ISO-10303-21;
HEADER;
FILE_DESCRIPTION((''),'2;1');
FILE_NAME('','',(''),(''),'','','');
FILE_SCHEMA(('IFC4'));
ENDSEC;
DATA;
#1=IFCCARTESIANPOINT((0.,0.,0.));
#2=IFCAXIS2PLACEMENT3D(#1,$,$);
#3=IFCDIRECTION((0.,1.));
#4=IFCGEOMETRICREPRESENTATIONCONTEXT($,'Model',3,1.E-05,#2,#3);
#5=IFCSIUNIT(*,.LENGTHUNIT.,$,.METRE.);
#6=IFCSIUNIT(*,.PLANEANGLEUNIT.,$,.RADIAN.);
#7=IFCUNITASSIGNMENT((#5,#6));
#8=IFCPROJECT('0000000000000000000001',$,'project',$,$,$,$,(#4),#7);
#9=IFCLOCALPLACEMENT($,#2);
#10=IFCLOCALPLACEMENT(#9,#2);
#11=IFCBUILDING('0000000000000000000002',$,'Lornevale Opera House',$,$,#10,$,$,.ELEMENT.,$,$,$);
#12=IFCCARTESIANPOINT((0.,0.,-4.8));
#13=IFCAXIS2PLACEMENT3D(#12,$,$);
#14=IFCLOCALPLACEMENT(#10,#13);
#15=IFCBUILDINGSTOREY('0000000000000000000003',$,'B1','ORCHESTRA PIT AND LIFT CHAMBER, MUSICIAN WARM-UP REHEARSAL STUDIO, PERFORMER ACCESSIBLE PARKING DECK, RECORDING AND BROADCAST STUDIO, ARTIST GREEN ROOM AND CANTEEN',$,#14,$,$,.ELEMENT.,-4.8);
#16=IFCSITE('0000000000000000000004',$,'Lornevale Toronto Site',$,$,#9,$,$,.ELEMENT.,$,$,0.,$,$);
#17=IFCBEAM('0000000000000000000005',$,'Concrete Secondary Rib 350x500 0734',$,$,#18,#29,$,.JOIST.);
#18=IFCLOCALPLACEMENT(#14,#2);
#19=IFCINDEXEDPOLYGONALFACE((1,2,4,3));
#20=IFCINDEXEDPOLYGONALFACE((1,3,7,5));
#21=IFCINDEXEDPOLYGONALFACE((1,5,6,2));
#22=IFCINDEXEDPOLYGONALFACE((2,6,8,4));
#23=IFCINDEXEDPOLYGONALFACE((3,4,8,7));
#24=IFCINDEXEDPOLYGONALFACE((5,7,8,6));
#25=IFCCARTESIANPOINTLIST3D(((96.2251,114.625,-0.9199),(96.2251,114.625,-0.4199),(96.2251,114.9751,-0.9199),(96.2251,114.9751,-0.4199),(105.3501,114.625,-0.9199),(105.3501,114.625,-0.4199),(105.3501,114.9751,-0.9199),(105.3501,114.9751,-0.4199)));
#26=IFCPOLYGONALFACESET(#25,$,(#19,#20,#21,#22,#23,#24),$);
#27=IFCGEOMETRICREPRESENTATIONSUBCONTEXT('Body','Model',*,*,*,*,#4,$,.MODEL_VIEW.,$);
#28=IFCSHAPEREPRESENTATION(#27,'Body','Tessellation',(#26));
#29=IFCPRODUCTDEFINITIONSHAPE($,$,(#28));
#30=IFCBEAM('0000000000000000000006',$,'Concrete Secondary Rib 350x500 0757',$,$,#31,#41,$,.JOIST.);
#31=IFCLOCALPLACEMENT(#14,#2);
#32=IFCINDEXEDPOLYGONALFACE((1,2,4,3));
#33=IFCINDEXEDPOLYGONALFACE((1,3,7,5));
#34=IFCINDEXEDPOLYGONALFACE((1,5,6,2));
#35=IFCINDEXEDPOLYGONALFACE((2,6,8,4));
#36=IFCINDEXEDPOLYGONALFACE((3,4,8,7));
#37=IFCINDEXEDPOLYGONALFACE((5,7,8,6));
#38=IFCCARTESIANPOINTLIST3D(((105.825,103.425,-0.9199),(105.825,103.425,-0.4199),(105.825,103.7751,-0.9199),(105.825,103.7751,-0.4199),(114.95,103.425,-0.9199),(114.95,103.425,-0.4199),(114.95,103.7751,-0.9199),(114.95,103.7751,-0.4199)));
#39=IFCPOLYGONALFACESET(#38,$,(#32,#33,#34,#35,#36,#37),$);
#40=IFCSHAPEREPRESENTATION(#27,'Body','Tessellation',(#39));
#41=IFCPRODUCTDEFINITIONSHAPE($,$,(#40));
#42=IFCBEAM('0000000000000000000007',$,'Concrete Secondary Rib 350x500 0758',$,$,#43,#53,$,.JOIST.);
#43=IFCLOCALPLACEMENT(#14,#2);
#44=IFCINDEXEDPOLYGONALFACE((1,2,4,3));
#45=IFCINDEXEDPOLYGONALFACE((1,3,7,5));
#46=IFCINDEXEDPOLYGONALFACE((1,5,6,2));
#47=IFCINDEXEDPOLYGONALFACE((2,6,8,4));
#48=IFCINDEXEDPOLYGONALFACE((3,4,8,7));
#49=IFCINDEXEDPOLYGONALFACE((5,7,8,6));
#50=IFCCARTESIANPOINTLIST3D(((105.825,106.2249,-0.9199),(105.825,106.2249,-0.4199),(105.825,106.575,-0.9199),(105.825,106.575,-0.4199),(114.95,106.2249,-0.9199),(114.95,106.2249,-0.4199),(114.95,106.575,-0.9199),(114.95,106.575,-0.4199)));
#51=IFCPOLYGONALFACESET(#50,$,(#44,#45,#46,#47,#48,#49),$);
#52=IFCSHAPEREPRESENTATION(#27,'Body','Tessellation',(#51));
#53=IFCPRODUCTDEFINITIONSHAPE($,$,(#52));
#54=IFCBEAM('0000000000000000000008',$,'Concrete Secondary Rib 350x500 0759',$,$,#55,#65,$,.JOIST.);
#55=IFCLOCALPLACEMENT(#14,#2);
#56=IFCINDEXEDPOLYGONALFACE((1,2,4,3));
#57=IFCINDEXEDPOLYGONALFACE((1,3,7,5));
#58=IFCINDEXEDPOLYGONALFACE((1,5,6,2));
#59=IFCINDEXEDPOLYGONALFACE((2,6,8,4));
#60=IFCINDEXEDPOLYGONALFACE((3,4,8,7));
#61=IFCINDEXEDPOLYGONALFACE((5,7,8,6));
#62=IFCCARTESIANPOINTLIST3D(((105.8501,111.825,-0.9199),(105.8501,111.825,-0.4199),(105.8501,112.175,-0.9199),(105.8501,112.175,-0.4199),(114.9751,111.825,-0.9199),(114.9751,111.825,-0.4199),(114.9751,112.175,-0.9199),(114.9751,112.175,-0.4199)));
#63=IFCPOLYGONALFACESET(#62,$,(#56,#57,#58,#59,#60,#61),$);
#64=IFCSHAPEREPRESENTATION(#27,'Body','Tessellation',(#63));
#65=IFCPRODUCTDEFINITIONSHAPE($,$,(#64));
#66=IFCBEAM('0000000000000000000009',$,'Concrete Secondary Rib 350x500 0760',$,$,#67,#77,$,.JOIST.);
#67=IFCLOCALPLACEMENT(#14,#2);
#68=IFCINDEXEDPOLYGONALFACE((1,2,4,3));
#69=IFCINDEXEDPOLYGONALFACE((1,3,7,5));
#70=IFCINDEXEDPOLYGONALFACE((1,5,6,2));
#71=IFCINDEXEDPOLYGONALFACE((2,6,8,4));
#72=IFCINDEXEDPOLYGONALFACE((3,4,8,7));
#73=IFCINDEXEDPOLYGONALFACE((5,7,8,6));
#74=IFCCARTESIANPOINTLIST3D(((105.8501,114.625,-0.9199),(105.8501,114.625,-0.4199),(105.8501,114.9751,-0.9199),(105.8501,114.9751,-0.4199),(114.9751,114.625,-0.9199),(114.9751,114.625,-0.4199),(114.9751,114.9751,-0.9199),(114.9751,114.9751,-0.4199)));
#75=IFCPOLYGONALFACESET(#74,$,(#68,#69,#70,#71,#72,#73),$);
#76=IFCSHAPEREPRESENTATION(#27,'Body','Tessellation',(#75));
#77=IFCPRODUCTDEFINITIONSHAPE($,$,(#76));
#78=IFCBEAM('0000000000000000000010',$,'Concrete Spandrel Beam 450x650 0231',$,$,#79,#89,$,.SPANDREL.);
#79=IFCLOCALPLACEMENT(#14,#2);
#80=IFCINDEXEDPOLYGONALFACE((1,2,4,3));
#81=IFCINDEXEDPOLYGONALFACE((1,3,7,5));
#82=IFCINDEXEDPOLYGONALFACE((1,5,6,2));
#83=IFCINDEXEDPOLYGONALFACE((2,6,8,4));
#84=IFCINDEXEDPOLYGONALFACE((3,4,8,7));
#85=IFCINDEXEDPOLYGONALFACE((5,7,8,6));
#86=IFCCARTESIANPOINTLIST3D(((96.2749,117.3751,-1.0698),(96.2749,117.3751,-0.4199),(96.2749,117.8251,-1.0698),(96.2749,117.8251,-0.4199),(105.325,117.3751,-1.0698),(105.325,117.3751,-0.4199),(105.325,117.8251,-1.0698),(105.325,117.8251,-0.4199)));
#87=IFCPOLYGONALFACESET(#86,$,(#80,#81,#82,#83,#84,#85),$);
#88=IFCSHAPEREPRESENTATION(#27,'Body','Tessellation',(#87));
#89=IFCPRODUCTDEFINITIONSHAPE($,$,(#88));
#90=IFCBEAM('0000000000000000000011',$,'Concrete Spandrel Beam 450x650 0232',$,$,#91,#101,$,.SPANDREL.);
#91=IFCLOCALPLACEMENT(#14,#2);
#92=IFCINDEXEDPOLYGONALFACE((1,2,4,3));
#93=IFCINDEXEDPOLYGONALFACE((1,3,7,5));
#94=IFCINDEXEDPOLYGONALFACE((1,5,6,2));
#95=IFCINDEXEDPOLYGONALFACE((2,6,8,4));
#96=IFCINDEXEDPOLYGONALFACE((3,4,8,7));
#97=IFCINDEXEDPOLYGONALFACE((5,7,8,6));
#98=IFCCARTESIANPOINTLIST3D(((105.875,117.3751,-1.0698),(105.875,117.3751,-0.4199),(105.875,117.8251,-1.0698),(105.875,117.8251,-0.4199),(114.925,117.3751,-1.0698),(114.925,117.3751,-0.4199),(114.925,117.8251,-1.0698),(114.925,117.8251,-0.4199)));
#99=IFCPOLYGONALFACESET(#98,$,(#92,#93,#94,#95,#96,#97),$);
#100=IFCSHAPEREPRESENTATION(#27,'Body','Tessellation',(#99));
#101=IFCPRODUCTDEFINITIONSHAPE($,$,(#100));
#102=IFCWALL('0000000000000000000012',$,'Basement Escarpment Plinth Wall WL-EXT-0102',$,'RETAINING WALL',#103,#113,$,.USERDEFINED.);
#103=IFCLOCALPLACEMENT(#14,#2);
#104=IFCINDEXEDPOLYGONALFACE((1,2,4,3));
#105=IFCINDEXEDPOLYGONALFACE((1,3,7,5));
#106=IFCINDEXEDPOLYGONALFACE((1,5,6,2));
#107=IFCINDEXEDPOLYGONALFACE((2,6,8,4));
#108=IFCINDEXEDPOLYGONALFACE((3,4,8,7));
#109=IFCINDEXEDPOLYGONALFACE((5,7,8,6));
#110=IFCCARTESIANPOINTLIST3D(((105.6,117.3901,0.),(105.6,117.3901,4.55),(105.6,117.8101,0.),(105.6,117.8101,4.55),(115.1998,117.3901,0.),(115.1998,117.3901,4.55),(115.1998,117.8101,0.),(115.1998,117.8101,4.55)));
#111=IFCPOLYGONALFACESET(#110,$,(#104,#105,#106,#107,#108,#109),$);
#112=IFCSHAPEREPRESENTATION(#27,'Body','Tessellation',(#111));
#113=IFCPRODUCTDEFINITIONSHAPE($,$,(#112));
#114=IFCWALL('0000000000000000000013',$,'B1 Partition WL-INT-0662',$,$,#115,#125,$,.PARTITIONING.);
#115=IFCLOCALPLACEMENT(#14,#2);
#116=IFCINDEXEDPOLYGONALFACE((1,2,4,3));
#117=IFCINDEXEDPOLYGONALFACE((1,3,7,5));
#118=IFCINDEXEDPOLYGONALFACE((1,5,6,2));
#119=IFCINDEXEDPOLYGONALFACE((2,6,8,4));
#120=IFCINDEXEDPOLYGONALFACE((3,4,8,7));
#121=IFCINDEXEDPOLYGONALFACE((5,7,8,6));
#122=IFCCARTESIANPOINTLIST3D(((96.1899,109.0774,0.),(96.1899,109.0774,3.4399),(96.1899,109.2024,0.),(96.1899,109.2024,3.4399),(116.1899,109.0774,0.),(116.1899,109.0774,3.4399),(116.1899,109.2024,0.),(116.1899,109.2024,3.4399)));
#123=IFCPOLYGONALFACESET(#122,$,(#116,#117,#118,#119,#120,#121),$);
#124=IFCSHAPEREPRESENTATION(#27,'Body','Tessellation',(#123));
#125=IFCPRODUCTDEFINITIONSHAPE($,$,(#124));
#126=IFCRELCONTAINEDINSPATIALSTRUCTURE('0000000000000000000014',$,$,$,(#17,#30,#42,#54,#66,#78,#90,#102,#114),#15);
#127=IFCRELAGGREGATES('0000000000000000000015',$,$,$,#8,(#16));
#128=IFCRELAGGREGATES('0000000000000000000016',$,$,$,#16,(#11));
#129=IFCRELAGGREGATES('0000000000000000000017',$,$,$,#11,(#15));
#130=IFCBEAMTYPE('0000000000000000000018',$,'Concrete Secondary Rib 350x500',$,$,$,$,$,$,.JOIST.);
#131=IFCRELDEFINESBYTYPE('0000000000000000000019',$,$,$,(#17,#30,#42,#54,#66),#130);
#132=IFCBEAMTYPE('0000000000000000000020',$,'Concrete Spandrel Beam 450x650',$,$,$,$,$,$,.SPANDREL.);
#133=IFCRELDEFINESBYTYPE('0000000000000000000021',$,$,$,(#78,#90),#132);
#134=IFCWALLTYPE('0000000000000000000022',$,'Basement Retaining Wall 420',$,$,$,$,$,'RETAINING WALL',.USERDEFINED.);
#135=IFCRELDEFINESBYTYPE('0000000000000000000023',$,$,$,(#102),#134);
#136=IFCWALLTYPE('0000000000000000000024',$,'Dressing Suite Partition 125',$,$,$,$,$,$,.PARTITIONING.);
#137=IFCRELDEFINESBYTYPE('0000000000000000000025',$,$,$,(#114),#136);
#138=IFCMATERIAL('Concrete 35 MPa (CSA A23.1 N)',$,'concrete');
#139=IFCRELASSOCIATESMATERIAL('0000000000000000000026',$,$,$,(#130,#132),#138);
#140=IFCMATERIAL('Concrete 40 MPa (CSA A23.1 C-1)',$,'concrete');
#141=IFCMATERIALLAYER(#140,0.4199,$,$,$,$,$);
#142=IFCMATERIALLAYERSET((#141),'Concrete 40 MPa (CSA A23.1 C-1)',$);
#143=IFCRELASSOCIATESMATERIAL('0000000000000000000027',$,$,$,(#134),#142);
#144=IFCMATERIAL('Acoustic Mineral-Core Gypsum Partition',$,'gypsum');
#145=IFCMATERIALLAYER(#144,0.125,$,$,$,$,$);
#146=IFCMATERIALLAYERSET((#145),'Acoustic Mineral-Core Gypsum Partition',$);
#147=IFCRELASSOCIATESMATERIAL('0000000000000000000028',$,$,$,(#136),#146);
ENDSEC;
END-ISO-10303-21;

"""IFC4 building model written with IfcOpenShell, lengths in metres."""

from ifc_helpers import new_model, si_unit, direction, frame, frame_2d, origin, origin_2d, place, context, subcontext, project, spatial, rectangle, extrude, material, layer, layer_set, material_profile, profile_set, type_object, element, save


model = new_model("IFC4")

# Units and contexts
model_context = context("Model", 3, precision=1e-05, world=origin(), true_north=direction((0.0, 1.0)))
body_context = subcontext(model_context, "Body", "Model", "MODEL_VIEW")
ifc_project = project(units=[si_unit("LENGTHUNIT", "METRE"), si_unit("PLANEANGLEUNIT", "RADIAN")], contexts=[model_context])

# Site, building, storey
site_placement = place(None, origin())
site = spatial("IfcSite", under=ifc_project, at=site_placement, Name="Lornevale Toronto Site", CompositionType="ELEMENT", RefElevation=0.0)
building_placement = place(site_placement, origin())
building = spatial("IfcBuilding", under=site, at=building_placement, Name="Lornevale Opera House", CompositionType="ELEMENT")
storey_placement = place(building_placement, frame((0.0, 0.0, -4.8)))
storey = spatial("IfcBuildingStorey", under=building, at=storey_placement, Name="B1", Description="ORCHESTRA PIT AND LIFT CHAMBER, MUSICIAN WARM-UP REHEARSAL STUDIO, PERFORMER ACCESSIBLE PARKING DECK, RECORDING AND BROADCAST STUDIO, ARTIST GREEN ROOM AND CANTEEN", CompositionType="ELEMENT", Elevation=-4.8)

# Shared definitions
ifc_material_1 = material(Name="Concrete 35 MPa (CSA A23.1 N)", Category="concrete")
ifc_material_2 = material(Name="Concrete 40 MPa (CSA A23.1 C-1)", Category="concrete")

# Beams
ifc_material_profile_1 = material_profile(ifc_material_1, rectangle(XDim=0.3501, YDim=0.5, at=origin_2d()), Name="RC350x500")
ifc_profile_set_1 = profile_set([ifc_material_profile_1], Name="Concrete 35 MPa (CSA A23.1 N)")
beam_type_1 = type_object("IfcBeamType", Name="Concrete Secondary Rib 350x500", PredefinedType="JOIST", material=ifc_profile_set_1)
for number, where, z_axis, x_axis, name in (
    (1, (96.2251, 114.8, -0.6699), (1.0, 0.0, 0.0), (0.0, 1.0, 0.0), "Concrete Secondary Rib 350x500 0734"),
    (2, (105.825, 103.6001, -0.6699), (1.0, 0.0, 0.0), (0.0, 1.0, 0.0), "Concrete Secondary Rib 350x500 0757"),
    (3, (105.825, 106.3999, -0.6699), (1.0, 0.0, 0.0), (0.0, 1.0, 0.0), "Concrete Secondary Rib 350x500 0758"),
    (4, (105.8501, 112.0, -0.6699), (1.0, 0.0, 0.0), (0.0, 1.0, 0.0), "Concrete Secondary Rib 350x500 0759"),
    (5, (105.8501, 114.8, -0.6699), (1.0, 0.0, 0.0), (0.0, 1.0, 0.0), "Concrete Secondary Rib 350x500 0760"),
):
    element("IfcBeam", number, at=place(storey_placement, frame(where, z_axis=z_axis, x_axis=x_axis)), inside=storey, type_object=beam_type_1, Name=name, PredefinedType="JOIST", context=body_context, shape_type="SweptSolid", body=[
        extrude(rectangle(XDim=0.3501, YDim=0.5, at=origin_2d()), origin(), (0.0, 0.0, 1.0), 9.125),
    ])
ifc_material_profile_2 = material_profile(ifc_material_1, rectangle(XDim=0.45, YDim=0.6499, at=origin_2d()), Name="RC450x650")
ifc_profile_set_2 = profile_set([ifc_material_profile_2], Name="Concrete 35 MPa (CSA A23.1 N)")
beam_type_2 = type_object("IfcBeamType", Name="Concrete Spandrel Beam 450x650", PredefinedType="SPANDREL", material=ifc_profile_set_2)
for number, where, z_axis, x_axis, name in (
    (6, (96.2749, 117.6001, -0.7449), (1.0, 0.0, 0.0), (0.0, 1.0, 0.0), "Concrete Spandrel Beam 450x650 0231"),
    (7, (105.875, 117.6001, -0.7449), (1.0, 0.0, 0.0), (0.0, 1.0, 0.0), "Concrete Spandrel Beam 450x650 0232"),
):
    element("IfcBeam", number, at=place(storey_placement, frame(where, z_axis=z_axis, x_axis=x_axis)), inside=storey, type_object=beam_type_2, Name=name, PredefinedType="SPANDREL", context=body_context, shape_type="SweptSolid", body=[
        extrude(rectangle(XDim=0.45, YDim=0.6499, at=origin_2d()), origin(), (0.0, 0.0, 1.0), 9.05),
    ])

# Walls
ifc_layer_1 = layer(ifc_material_2, 0.4199)
ifc_layer_set_1 = layer_set([ifc_layer_1], Name="Concrete 40 MPa (CSA A23.1 C-1)")
wall_type_1 = type_object("IfcWallType", Name="Basement Retaining Wall 420", ElementType="RETAINING WALL", PredefinedType="USERDEFINED", material=ifc_layer_set_1)
wall_1_placement = place(storey_placement, frame((105.6001, 117.6001, 0.0), z_axis=(0.0, 0.0, 1.0), x_axis=(1.0, 0.0, 0.0)))
element("IfcWall", 8, at=wall_1_placement, inside=storey, type_object=wall_type_1, Name="Basement Escarpment Plinth Wall WL-EXT-0102", ObjectType="RETAINING WALL", PredefinedType="USERDEFINED", context=body_context, shape_type="SweptSolid", body=[
    extrude(rectangle(XDim=9.5999, YDim=0.4199, at=frame_2d((4.7998, 0.0))), origin(), (0.0, 0.0, 1.0), 4.55),
])
ifc_material_3 = material(Name="Acoustic Mineral-Core Gypsum Partition", Category="gypsum")
ifc_layer_2 = layer(ifc_material_3, 0.125)
ifc_layer_set_2 = layer_set([ifc_layer_2], Name="Acoustic Mineral-Core Gypsum Partition")
wall_type_2 = type_object("IfcWallType", Name="Dressing Suite Partition 125", PredefinedType="PARTITIONING", material=ifc_layer_set_2)
wall_2_placement = place(storey_placement, frame((96.1899, 109.1399, 0.0), z_axis=(0.0, 0.0, 1.0), x_axis=(1.0, 0.0, 0.0)))
element("IfcWall", 9, at=wall_2_placement, inside=storey, type_object=wall_type_2, Name="B1 Partition WL-INT-0662", PredefinedType="PARTITIONING", context=body_context, shape_type="SweptSolid", body=[
    extrude(rectangle(XDim=20.0, YDim=0.125, at=frame_2d((10.0, 0.0))), origin(), (0.0, 0.0, 1.0), 3.4399),
])

save(model, "model.ifc")
